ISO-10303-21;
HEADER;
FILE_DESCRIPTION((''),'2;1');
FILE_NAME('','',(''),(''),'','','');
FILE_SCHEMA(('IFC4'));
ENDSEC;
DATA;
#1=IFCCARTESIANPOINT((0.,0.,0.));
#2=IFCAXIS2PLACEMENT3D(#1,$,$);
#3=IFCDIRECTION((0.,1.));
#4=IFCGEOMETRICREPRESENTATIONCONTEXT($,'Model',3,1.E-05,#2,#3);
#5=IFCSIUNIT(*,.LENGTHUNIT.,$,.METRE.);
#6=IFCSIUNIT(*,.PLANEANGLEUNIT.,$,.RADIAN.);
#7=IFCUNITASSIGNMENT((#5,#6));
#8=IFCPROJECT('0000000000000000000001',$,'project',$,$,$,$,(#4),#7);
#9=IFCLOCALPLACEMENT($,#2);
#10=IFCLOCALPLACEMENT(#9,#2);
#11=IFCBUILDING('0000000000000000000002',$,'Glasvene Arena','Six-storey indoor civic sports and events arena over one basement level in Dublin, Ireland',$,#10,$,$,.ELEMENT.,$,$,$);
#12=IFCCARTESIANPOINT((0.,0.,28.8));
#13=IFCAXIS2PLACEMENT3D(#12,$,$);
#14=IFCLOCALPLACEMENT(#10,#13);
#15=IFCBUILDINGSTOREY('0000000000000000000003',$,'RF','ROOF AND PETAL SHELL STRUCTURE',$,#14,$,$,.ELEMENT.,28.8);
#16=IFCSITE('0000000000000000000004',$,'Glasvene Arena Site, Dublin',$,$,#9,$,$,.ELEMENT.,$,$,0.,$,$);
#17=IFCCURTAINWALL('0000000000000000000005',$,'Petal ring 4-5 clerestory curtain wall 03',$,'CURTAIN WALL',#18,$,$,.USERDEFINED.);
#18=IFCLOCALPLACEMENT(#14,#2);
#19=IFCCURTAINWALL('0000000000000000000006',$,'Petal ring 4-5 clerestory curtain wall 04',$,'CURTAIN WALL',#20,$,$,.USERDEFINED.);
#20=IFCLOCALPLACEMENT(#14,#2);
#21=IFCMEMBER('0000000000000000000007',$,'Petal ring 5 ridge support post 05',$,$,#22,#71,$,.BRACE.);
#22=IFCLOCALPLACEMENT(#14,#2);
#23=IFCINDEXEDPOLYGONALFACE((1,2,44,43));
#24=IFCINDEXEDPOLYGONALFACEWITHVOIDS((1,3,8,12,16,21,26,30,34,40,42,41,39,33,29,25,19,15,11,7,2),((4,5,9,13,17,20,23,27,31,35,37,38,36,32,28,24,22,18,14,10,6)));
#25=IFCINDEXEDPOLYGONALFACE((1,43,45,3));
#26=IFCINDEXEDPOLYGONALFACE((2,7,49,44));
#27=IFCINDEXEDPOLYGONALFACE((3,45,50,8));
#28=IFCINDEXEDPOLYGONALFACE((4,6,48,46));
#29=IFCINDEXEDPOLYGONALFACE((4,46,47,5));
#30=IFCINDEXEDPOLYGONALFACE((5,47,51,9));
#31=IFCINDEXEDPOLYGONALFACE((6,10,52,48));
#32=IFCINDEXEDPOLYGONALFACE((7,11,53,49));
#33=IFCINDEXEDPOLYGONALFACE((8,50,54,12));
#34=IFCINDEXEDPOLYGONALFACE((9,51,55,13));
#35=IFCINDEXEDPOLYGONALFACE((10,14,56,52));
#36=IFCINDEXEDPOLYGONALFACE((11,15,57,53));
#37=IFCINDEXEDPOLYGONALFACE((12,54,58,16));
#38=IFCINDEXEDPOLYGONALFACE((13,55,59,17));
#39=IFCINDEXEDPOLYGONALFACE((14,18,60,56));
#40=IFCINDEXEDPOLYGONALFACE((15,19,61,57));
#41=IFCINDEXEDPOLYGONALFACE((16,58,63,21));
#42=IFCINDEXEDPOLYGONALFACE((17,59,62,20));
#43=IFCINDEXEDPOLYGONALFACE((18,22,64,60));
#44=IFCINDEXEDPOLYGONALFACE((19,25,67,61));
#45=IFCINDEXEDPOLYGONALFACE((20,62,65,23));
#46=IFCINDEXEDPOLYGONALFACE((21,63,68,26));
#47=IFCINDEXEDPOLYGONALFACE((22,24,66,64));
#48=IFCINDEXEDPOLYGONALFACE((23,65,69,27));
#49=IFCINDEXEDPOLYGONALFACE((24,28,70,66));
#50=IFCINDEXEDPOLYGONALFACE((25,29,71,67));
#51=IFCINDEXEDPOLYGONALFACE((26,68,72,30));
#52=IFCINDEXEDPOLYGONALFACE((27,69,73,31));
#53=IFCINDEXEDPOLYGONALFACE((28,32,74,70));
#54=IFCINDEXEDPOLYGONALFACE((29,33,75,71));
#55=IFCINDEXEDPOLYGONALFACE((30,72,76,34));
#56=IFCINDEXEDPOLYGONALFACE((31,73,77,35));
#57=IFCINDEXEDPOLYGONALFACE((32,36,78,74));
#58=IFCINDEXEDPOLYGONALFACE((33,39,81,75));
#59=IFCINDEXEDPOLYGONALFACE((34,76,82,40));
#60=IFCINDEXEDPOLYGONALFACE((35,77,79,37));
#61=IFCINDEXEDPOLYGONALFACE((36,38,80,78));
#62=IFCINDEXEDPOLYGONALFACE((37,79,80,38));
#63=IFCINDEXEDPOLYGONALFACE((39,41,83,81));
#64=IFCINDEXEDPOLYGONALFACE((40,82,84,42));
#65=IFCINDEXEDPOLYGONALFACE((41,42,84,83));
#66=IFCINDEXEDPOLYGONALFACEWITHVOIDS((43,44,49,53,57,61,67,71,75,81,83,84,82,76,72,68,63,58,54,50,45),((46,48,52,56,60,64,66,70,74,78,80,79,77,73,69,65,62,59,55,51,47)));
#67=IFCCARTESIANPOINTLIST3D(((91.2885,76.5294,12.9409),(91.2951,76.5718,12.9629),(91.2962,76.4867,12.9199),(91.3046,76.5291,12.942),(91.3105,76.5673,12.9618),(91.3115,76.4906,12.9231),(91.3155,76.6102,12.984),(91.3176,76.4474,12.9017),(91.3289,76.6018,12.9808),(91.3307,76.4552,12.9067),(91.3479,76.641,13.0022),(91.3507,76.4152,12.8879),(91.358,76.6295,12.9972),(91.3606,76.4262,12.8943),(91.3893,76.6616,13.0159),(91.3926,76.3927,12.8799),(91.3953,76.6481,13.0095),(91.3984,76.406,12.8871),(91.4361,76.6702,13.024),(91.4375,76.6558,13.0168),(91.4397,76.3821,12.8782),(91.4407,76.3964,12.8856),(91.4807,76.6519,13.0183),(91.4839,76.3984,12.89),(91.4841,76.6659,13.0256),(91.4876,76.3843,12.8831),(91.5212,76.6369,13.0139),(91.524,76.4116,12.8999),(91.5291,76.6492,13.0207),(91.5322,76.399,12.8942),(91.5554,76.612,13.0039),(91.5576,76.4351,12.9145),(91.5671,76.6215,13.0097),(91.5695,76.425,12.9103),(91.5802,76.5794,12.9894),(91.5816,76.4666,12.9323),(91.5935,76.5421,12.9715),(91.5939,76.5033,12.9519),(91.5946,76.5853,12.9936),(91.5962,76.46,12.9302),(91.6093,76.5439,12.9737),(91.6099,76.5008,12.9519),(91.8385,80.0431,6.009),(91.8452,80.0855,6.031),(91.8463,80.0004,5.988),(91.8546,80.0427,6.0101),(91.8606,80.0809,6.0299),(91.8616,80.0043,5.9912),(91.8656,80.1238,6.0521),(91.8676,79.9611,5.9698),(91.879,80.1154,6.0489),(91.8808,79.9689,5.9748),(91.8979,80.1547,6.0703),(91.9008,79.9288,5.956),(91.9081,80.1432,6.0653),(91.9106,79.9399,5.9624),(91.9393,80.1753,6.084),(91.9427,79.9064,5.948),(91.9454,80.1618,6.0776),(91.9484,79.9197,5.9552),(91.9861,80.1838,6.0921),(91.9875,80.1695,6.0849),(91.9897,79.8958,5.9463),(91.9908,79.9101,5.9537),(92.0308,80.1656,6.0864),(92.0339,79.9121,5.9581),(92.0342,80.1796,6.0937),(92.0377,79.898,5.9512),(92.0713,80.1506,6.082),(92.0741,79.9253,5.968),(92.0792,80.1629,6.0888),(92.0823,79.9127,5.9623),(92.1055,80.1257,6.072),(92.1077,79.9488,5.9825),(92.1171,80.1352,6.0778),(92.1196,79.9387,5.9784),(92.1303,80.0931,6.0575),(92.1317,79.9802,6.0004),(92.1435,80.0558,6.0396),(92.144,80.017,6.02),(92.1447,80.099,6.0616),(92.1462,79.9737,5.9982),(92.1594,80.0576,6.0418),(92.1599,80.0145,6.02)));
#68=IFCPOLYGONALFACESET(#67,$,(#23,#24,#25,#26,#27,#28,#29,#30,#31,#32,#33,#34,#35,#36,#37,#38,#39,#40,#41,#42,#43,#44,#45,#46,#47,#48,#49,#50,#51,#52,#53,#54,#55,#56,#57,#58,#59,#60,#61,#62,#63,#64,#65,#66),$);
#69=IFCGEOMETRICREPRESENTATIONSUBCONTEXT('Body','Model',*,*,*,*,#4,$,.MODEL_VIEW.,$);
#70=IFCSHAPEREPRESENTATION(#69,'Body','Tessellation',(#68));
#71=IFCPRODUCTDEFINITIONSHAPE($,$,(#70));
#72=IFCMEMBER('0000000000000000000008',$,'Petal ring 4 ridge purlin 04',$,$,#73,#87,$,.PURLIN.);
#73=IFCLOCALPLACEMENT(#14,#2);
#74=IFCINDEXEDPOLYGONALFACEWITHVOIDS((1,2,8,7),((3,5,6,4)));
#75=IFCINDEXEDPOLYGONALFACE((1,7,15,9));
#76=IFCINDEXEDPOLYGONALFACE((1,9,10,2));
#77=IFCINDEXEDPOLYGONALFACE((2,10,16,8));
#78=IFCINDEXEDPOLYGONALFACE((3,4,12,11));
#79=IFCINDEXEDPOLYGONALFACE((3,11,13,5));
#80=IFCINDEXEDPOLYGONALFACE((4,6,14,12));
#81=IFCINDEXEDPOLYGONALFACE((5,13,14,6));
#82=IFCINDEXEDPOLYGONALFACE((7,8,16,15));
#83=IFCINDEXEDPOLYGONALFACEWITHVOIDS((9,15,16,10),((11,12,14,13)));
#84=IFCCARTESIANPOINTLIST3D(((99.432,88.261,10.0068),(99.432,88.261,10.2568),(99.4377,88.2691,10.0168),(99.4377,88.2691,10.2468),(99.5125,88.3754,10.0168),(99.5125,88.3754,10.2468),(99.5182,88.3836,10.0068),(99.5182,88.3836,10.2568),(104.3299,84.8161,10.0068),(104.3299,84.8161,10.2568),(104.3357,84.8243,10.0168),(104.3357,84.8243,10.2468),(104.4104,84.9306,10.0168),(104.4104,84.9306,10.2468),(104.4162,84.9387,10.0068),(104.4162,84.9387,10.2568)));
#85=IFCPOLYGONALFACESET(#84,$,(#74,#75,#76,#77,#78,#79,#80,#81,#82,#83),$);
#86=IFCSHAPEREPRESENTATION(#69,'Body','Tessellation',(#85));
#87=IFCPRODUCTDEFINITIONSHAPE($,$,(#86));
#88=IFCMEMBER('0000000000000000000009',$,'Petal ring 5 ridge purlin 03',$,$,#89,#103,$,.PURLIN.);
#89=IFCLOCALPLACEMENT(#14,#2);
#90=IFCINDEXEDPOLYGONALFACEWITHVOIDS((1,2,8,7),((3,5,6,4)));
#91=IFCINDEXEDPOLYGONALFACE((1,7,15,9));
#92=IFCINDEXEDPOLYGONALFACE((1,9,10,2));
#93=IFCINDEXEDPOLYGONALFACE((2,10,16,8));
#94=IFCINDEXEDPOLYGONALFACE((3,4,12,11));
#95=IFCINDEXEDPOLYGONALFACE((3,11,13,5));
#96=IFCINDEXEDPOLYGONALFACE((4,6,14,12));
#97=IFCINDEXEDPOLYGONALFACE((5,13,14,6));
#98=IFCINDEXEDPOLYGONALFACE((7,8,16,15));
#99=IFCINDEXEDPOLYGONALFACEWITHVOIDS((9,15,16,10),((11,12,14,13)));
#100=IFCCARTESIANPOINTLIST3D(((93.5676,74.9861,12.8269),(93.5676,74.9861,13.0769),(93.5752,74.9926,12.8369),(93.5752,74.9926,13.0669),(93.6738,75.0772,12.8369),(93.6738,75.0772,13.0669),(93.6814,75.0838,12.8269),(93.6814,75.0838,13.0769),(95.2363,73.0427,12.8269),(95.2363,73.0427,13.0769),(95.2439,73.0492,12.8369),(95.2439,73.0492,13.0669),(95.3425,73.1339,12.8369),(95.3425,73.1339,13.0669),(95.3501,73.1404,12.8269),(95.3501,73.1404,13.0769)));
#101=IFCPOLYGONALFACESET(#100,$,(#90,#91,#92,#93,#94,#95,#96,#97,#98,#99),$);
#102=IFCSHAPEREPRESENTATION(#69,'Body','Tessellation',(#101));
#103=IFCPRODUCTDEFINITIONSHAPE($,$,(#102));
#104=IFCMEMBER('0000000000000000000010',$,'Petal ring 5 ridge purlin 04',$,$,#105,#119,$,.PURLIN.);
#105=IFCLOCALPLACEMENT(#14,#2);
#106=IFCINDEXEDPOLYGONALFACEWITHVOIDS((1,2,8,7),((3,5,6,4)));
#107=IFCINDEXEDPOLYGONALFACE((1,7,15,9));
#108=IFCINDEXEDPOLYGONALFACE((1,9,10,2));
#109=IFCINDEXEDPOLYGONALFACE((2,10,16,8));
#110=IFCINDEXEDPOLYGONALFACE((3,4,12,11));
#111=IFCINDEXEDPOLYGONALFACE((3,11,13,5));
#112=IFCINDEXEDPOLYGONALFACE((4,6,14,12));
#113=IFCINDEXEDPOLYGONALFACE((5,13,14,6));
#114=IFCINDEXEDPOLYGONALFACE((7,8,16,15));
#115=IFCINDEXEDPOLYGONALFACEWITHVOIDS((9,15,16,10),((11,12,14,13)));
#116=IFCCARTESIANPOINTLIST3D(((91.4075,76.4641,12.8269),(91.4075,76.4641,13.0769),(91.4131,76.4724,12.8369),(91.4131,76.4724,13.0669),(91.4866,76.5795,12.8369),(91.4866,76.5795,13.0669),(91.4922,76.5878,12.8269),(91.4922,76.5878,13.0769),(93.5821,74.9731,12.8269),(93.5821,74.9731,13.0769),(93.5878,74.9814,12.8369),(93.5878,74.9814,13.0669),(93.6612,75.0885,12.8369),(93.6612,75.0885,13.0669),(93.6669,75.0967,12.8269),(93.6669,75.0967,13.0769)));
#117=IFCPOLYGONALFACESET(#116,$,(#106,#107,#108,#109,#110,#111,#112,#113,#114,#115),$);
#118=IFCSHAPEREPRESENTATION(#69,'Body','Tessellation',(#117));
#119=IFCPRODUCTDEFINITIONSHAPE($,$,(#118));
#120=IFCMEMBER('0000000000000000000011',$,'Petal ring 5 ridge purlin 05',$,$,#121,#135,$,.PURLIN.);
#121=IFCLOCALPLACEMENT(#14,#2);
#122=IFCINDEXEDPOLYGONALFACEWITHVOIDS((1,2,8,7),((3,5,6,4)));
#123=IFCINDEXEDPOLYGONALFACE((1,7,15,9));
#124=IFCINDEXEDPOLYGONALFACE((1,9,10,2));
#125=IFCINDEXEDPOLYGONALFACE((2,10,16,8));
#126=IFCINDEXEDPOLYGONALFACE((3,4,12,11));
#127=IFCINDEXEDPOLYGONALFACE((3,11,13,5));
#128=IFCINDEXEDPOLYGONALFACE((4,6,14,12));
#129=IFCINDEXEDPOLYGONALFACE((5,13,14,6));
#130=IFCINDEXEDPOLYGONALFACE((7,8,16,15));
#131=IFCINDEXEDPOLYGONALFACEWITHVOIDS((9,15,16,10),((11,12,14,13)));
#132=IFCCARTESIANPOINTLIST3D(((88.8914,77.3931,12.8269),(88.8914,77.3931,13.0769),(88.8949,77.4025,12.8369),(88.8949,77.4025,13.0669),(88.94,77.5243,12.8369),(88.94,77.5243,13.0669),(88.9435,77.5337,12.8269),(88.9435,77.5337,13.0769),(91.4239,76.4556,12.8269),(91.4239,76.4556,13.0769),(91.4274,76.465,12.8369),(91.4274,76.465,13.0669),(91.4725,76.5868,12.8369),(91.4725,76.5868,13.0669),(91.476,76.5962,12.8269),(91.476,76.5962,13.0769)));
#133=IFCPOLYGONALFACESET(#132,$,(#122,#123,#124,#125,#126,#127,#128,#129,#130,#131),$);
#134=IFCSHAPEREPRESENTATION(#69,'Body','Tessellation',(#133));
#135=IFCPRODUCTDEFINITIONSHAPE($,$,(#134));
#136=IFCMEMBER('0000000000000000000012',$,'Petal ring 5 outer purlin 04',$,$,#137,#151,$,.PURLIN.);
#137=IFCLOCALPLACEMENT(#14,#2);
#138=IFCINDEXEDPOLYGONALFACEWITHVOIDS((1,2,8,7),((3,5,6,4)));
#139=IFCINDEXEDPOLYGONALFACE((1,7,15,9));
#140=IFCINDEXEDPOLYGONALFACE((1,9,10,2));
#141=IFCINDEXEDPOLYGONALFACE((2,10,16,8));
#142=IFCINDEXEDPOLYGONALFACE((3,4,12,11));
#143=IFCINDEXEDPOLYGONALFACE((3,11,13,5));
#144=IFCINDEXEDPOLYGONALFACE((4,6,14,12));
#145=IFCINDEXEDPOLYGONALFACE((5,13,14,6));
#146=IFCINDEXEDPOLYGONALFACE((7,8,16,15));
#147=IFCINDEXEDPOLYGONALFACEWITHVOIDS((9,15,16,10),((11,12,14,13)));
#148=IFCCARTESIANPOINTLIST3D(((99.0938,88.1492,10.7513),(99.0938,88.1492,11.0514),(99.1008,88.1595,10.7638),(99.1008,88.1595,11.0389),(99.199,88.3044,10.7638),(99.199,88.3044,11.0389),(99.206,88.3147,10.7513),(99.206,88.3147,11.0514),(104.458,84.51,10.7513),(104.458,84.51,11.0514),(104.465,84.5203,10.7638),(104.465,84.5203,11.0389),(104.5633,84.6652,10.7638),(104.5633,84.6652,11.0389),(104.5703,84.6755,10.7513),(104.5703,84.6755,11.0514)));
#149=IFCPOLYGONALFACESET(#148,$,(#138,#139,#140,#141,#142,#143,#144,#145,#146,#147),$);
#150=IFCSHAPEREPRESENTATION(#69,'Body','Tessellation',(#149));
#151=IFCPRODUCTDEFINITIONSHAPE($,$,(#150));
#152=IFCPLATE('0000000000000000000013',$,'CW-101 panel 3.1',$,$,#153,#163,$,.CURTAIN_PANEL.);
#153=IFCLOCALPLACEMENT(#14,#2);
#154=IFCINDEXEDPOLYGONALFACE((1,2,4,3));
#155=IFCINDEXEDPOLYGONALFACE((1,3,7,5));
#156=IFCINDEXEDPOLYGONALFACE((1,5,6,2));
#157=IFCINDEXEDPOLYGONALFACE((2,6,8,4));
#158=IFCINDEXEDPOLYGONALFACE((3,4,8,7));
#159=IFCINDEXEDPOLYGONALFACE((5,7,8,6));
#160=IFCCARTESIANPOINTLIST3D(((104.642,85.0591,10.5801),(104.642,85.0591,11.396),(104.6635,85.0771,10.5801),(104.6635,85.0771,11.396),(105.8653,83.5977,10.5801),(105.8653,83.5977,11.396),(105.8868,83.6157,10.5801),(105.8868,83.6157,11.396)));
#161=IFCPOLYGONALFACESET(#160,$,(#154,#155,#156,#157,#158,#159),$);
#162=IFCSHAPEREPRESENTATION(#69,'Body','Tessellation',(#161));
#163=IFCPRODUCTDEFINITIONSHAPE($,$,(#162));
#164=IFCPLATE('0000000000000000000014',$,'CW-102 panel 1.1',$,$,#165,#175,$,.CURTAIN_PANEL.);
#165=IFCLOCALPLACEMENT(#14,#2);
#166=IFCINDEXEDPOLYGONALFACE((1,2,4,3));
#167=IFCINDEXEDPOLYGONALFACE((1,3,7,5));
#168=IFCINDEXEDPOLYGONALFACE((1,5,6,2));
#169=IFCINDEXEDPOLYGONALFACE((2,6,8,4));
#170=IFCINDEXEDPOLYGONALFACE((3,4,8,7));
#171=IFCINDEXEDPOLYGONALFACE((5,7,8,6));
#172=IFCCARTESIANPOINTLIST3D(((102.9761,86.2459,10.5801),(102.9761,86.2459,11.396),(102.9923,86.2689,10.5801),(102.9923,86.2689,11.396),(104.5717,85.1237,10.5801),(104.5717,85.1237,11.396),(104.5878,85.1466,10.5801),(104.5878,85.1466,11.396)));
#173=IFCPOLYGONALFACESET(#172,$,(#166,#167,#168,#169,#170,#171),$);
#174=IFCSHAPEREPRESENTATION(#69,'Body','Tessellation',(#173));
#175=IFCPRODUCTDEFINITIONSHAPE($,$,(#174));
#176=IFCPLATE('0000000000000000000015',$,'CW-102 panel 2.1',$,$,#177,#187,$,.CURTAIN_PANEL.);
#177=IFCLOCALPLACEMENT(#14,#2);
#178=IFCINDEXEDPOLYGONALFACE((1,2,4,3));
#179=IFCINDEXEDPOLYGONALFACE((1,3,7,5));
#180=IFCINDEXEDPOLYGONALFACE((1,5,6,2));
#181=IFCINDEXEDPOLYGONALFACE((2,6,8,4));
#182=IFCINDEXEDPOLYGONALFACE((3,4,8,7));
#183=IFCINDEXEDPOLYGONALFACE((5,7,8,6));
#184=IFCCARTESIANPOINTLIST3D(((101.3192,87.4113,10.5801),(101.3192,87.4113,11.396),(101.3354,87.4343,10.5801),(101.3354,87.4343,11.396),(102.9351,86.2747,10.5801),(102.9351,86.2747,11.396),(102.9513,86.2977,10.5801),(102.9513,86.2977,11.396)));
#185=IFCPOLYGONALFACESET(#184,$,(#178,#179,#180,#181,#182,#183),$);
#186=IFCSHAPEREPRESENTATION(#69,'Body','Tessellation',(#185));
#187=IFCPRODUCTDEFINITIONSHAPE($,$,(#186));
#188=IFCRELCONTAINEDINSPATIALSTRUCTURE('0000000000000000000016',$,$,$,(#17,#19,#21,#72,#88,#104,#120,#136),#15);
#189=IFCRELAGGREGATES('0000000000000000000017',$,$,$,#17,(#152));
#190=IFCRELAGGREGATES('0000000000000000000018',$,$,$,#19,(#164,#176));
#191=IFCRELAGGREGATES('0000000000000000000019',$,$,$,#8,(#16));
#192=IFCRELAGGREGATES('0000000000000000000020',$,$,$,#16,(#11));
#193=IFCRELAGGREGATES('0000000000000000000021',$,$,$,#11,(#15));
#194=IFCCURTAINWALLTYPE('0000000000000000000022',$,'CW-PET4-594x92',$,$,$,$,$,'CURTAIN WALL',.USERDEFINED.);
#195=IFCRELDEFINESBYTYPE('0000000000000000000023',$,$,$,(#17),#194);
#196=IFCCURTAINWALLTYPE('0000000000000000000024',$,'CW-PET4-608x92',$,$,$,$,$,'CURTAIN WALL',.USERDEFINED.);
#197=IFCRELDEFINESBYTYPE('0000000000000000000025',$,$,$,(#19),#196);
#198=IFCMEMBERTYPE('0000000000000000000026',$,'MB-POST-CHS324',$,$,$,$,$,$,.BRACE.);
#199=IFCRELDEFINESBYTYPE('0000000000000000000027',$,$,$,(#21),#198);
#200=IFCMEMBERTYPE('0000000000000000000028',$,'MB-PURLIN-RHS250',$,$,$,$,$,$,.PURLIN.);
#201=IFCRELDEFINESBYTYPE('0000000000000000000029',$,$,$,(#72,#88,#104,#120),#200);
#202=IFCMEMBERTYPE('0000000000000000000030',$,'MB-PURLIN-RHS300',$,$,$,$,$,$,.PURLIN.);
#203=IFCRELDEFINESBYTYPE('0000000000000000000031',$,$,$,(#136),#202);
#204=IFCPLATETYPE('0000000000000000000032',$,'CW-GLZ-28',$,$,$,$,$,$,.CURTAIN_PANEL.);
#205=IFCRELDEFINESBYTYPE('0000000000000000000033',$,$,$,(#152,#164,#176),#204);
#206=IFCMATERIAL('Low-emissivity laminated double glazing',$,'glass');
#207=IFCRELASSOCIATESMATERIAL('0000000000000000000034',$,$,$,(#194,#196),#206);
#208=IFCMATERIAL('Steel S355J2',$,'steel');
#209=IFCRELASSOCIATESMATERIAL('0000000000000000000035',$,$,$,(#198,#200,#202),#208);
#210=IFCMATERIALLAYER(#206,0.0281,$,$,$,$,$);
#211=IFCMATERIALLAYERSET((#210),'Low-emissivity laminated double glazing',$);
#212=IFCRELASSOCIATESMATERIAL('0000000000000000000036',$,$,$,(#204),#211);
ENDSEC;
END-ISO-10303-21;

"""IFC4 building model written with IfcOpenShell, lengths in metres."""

from ifc_helpers import new_model, si_unit, direction, frame, origin, origin_2d, place, context, subcontext, project, spatial, rectangle, hollow_rectangle, hollow_circle, extrude, material, layer, layer_set, material_profile, profile_set, type_object, element, aggregate, save


model = new_model("IFC4")

# Units and contexts
model_context = context("Model", 3, precision=1e-05, world=origin(), true_north=direction((0.0, 1.0)))
body_context = subcontext(model_context, "Body", "Model", "MODEL_VIEW")
ifc_project = project(units=[si_unit("LENGTHUNIT", "METRE"), si_unit("PLANEANGLEUNIT", "RADIAN")], contexts=[model_context])

# Site, building, storey
site_placement = place(None, origin())
site = spatial("IfcSite", under=ifc_project, at=site_placement, Name="Glasvene Arena Site, Dublin", CompositionType="ELEMENT", RefElevation=0.0)
building_placement = place(site_placement, origin())
building = spatial("IfcBuilding", under=site, at=building_placement, Name="Glasvene Arena", Description="Six-storey indoor civic sports and events arena over one basement level in Dublin, Ireland", CompositionType="ELEMENT")
storey_placement = place(building_placement, frame((0.0, 0.0, 28.8)))
storey = spatial("IfcBuildingStorey", under=building, at=storey_placement, Name="RF", Description="ROOF AND PETAL SHELL STRUCTURE", CompositionType="ELEMENT", Elevation=28.8)

# Shared definitions
ifc_material_1 = material(Name="Steel S355J2", Category="steel")

# Curtain wall
ifc_material_2 = material(Name="Low-emissivity laminated double glazing", Category="glass")
curtain_wall_type_1 = type_object("IfcCurtainWallType", Name="CW-PET4-594x92", ElementType="CURTAIN WALL", PredefinedType="USERDEFINED", material=ifc_material_2)
curtain_wall_1_placement = place(storey_placement, frame((108.4346, 80.55, 0.0)))
curtain_wall_1 = element("IfcCurtainWall", 1, at=curtain_wall_1_placement, inside=storey, type_object=curtain_wall_type_1, Name="Petal ring 4-5 clerestory curtain wall 03", ObjectType="CURTAIN WALL", PredefinedType="USERDEFINED")

# Curtain wall
curtain_wall_type_2 = type_object("IfcCurtainWallType", Name="CW-PET4-608x92", ElementType="CURTAIN WALL", PredefinedType="USERDEFINED", material=ifc_material_2)
curtain_wall_2_placement = place(storey_placement, frame((104.6206, 85.1062, 0.0)))
curtain_wall_2 = element("IfcCurtainWall", 2, at=curtain_wall_2_placement, inside=storey, type_object=curtain_wall_type_2, Name="Petal ring 4-5 clerestory curtain wall 04", ObjectType="CURTAIN WALL", PredefinedType="USERDEFINED")

# Members
ifc_material_profile_1 = material_profile(ifc_material_1, hollow_circle(Radius=0.1619, WallThickness=0.0161, at=origin_2d()), Name="CHS 323.9x16.0")
ifc_profile_set_1 = profile_set([ifc_material_profile_1], Name="Steel S355J2")
member_type_1 = type_object("IfcMemberType", Name="MB-POST-CHS324", PredefinedType="BRACE", material=ifc_profile_set_1)
member_1_placement = place(storey_placement, frame((92.0, 80.0396, 6.02), z_axis=(-0.070601, -0.450992, 0.889731), x_axis=(0.987967, -0.154662, 0.0)))
element("IfcMember", 3, at=member_1_placement, inside=storey, type_object=member_type_1, Name="Petal ring 5 ridge support post 05", PredefinedType="BRACE", context=body_context, shape_type="SweptSolid", body=[
    extrude(hollow_circle(Radius=0.1619, WallThickness=0.0161, at=origin_2d()), origin(), (0.0, 0.0, 1.0), 7.791),
])
ifc_material_profile_2 = material_profile(ifc_material_1, hollow_rectangle(XDim=0.1499, YDim=0.25, WallThickness=0.01, at=origin_2d()), Name="RHS 250x150x10.0")
ifc_profile_set_2 = profile_set([ifc_material_profile_2], Name="Steel S355J2")
member_type_2 = type_object("IfcMemberType", Name="MB-PURLIN-RHS250", PredefinedType="PURLIN", material=ifc_profile_set_2)
member_2_placement = place(storey_placement, frame((104.373, 84.8774, 10.1318), z_axis=(-0.817954, 0.575283, 0.0), x_axis=(-0.575283, -0.817954, 0.0)))
element("IfcMember", 4, at=member_2_placement, inside=storey, type_object=member_type_2, Name="Petal ring 4 ridge purlin 04", PredefinedType="PURLIN", context=body_context, shape_type="SweptSolid", body=[
    extrude(hollow_rectangle(XDim=0.1499, YDim=0.25, WallThickness=0.01, at=origin_2d()), origin(), (0.0, 0.0, 1.0), 5.988),
])
member_3_placement = place(storey_placement, frame((95.2932, 73.0916, 12.9519), z_axis=(-0.651458, 0.758684, 0.0), x_axis=(-0.758684, -0.651458, 0.0)))
element("IfcMember", 5, at=member_3_placement, inside=storey, type_object=member_type_2, Name="Petal ring 5 ridge purlin 03", PredefinedType="PURLIN", context=body_context, shape_type="SweptSolid", body=[
    extrude(hollow_rectangle(XDim=0.1499, YDim=0.25, WallThickness=0.01, at=origin_2d()), origin(), (0.0, 0.0, 1.0), 2.5615),
])
member_4_placement = place(storey_placement, frame((93.6245, 75.0349, 12.9519), z_axis=(-0.824757, 0.565487, 0.0), x_axis=(-0.565487, -0.824757, 0.0)))
element("IfcMember", 6, at=member_4_placement, inside=storey, type_object=member_type_2, Name="Petal ring 5 ridge purlin 04", PredefinedType="PURLIN", context=body_context, shape_type="SweptSolid", body=[
    extrude(hollow_rectangle(XDim=0.1499, YDim=0.25, WallThickness=0.01, at=origin_2d()), origin(), (0.0, 0.0, 1.0), 2.6367),
])
member_5_placement = place(storey_placement, frame((91.45, 76.5259, 12.9519), z_axis=(-0.937803, 0.347167, 0.0), x_axis=(-0.347167, -0.937803, 0.0)))
element("IfcMember", 7, at=member_5_placement, inside=storey, type_object=member_type_2, Name="Petal ring 5 ridge purlin 05", PredefinedType="PURLIN", context=body_context, shape_type="SweptSolid", body=[
    extrude(hollow_rectangle(XDim=0.1499, YDim=0.25, WallThickness=0.01, at=origin_2d()), origin(), (0.0, 0.0, 1.0), 2.7004),
])
ifc_material_profile_3 = material_profile(ifc_material_1, hollow_rectangle(XDim=0.2, YDim=0.3, WallThickness=0.0125, at=origin_2d()), Name="RHS 300x200x12.5")
ifc_profile_set_3 = profile_set([ifc_material_profile_3], Name="Steel S355J2")
member_type_3 = type_object("IfcMemberType", Name="MB-PURLIN-RHS300", PredefinedType="PURLIN", material=ifc_profile_set_3)
member_6_placement = place(storey_placement, frame((104.5142, 84.5928, 10.9014), z_axis=(-0.827538, 0.561409, 0.0), x_axis=(-0.561409, -0.827538, 0.0)))
element("IfcMember", 8, at=member_6_placement, inside=storey, type_object=member_type_3, Name="Petal ring 5 outer purlin 04", PredefinedType="PURLIN", context=body_context, shape_type="SweptSolid", body=[
    extrude(hollow_rectangle(XDim=0.2, YDim=0.3, WallThickness=0.0125, at=origin_2d()), origin(), (0.0, 0.0, 1.0), 6.4822),
])

# Plates
ifc_layer_1 = layer(ifc_material_2, 0.0281)
ifc_layer_set_1 = layer_set([ifc_layer_1], Name="Low-emissivity laminated double glazing")
plate_type_1 = type_object("IfcPlateType", Name="CW-GLZ-28", PredefinedType="CURTAIN_PANEL", material=ifc_layer_set_1)
plate_1_placement = place(storey_placement, frame((105.2644, 84.3374, 10.5801), z_axis=(0.0, 0.0, 1.0), x_axis=(-0.64188, 0.766805, 0.0)))
plate_1 = element("IfcPlate", 9, at=plate_1_placement, type_object=plate_type_1, Name="CW-101 panel 3.1", PredefinedType="CURTAIN_PANEL", context=body_context, shape_type="SweptSolid", body=[
    extrude(rectangle(XDim=1.9058, YDim=0.0281, at=origin_2d()), origin(), (0.0, 0.0, 1.0), 0.8159),
])
aggregate(curtain_wall_1, [plate_1])
plate_2_placement = place(storey_placement, frame((103.782, 85.6963, 10.5801), z_axis=(0.0, 0.0, 1.0), x_axis=(-0.817925, 0.575325, 0.0)))
plate_2 = element("IfcPlate", 10, at=plate_2_placement, type_object=plate_type_1, Name="CW-102 panel 1.1", PredefinedType="CURTAIN_PANEL", context=body_context, shape_type="SweptSolid", body=[
    extrude(rectangle(XDim=1.9507, YDim=0.0281, at=origin_2d()), origin(), (0.0, 0.0, 1.0), 0.8159),
])
plate_3_placement = place(storey_placement, frame((102.1353, 86.8545, 10.5801), z_axis=(0.0, 0.0, 1.0), x_axis=(-0.817925, 0.575325, 0.0)))
plate_3 = element("IfcPlate", 11, at=plate_3_placement, type_object=plate_type_1, Name="CW-102 panel 2.1", PredefinedType="CURTAIN_PANEL", context=body_context, shape_type="SweptSolid", body=[
    extrude(rectangle(XDim=1.9756, YDim=0.0281, at=origin_2d()), origin(), (0.0, 0.0, 1.0), 0.8159),
])
aggregate(curtain_wall_2, [plate_2, plate_3])

save(model, "model.ifc")
